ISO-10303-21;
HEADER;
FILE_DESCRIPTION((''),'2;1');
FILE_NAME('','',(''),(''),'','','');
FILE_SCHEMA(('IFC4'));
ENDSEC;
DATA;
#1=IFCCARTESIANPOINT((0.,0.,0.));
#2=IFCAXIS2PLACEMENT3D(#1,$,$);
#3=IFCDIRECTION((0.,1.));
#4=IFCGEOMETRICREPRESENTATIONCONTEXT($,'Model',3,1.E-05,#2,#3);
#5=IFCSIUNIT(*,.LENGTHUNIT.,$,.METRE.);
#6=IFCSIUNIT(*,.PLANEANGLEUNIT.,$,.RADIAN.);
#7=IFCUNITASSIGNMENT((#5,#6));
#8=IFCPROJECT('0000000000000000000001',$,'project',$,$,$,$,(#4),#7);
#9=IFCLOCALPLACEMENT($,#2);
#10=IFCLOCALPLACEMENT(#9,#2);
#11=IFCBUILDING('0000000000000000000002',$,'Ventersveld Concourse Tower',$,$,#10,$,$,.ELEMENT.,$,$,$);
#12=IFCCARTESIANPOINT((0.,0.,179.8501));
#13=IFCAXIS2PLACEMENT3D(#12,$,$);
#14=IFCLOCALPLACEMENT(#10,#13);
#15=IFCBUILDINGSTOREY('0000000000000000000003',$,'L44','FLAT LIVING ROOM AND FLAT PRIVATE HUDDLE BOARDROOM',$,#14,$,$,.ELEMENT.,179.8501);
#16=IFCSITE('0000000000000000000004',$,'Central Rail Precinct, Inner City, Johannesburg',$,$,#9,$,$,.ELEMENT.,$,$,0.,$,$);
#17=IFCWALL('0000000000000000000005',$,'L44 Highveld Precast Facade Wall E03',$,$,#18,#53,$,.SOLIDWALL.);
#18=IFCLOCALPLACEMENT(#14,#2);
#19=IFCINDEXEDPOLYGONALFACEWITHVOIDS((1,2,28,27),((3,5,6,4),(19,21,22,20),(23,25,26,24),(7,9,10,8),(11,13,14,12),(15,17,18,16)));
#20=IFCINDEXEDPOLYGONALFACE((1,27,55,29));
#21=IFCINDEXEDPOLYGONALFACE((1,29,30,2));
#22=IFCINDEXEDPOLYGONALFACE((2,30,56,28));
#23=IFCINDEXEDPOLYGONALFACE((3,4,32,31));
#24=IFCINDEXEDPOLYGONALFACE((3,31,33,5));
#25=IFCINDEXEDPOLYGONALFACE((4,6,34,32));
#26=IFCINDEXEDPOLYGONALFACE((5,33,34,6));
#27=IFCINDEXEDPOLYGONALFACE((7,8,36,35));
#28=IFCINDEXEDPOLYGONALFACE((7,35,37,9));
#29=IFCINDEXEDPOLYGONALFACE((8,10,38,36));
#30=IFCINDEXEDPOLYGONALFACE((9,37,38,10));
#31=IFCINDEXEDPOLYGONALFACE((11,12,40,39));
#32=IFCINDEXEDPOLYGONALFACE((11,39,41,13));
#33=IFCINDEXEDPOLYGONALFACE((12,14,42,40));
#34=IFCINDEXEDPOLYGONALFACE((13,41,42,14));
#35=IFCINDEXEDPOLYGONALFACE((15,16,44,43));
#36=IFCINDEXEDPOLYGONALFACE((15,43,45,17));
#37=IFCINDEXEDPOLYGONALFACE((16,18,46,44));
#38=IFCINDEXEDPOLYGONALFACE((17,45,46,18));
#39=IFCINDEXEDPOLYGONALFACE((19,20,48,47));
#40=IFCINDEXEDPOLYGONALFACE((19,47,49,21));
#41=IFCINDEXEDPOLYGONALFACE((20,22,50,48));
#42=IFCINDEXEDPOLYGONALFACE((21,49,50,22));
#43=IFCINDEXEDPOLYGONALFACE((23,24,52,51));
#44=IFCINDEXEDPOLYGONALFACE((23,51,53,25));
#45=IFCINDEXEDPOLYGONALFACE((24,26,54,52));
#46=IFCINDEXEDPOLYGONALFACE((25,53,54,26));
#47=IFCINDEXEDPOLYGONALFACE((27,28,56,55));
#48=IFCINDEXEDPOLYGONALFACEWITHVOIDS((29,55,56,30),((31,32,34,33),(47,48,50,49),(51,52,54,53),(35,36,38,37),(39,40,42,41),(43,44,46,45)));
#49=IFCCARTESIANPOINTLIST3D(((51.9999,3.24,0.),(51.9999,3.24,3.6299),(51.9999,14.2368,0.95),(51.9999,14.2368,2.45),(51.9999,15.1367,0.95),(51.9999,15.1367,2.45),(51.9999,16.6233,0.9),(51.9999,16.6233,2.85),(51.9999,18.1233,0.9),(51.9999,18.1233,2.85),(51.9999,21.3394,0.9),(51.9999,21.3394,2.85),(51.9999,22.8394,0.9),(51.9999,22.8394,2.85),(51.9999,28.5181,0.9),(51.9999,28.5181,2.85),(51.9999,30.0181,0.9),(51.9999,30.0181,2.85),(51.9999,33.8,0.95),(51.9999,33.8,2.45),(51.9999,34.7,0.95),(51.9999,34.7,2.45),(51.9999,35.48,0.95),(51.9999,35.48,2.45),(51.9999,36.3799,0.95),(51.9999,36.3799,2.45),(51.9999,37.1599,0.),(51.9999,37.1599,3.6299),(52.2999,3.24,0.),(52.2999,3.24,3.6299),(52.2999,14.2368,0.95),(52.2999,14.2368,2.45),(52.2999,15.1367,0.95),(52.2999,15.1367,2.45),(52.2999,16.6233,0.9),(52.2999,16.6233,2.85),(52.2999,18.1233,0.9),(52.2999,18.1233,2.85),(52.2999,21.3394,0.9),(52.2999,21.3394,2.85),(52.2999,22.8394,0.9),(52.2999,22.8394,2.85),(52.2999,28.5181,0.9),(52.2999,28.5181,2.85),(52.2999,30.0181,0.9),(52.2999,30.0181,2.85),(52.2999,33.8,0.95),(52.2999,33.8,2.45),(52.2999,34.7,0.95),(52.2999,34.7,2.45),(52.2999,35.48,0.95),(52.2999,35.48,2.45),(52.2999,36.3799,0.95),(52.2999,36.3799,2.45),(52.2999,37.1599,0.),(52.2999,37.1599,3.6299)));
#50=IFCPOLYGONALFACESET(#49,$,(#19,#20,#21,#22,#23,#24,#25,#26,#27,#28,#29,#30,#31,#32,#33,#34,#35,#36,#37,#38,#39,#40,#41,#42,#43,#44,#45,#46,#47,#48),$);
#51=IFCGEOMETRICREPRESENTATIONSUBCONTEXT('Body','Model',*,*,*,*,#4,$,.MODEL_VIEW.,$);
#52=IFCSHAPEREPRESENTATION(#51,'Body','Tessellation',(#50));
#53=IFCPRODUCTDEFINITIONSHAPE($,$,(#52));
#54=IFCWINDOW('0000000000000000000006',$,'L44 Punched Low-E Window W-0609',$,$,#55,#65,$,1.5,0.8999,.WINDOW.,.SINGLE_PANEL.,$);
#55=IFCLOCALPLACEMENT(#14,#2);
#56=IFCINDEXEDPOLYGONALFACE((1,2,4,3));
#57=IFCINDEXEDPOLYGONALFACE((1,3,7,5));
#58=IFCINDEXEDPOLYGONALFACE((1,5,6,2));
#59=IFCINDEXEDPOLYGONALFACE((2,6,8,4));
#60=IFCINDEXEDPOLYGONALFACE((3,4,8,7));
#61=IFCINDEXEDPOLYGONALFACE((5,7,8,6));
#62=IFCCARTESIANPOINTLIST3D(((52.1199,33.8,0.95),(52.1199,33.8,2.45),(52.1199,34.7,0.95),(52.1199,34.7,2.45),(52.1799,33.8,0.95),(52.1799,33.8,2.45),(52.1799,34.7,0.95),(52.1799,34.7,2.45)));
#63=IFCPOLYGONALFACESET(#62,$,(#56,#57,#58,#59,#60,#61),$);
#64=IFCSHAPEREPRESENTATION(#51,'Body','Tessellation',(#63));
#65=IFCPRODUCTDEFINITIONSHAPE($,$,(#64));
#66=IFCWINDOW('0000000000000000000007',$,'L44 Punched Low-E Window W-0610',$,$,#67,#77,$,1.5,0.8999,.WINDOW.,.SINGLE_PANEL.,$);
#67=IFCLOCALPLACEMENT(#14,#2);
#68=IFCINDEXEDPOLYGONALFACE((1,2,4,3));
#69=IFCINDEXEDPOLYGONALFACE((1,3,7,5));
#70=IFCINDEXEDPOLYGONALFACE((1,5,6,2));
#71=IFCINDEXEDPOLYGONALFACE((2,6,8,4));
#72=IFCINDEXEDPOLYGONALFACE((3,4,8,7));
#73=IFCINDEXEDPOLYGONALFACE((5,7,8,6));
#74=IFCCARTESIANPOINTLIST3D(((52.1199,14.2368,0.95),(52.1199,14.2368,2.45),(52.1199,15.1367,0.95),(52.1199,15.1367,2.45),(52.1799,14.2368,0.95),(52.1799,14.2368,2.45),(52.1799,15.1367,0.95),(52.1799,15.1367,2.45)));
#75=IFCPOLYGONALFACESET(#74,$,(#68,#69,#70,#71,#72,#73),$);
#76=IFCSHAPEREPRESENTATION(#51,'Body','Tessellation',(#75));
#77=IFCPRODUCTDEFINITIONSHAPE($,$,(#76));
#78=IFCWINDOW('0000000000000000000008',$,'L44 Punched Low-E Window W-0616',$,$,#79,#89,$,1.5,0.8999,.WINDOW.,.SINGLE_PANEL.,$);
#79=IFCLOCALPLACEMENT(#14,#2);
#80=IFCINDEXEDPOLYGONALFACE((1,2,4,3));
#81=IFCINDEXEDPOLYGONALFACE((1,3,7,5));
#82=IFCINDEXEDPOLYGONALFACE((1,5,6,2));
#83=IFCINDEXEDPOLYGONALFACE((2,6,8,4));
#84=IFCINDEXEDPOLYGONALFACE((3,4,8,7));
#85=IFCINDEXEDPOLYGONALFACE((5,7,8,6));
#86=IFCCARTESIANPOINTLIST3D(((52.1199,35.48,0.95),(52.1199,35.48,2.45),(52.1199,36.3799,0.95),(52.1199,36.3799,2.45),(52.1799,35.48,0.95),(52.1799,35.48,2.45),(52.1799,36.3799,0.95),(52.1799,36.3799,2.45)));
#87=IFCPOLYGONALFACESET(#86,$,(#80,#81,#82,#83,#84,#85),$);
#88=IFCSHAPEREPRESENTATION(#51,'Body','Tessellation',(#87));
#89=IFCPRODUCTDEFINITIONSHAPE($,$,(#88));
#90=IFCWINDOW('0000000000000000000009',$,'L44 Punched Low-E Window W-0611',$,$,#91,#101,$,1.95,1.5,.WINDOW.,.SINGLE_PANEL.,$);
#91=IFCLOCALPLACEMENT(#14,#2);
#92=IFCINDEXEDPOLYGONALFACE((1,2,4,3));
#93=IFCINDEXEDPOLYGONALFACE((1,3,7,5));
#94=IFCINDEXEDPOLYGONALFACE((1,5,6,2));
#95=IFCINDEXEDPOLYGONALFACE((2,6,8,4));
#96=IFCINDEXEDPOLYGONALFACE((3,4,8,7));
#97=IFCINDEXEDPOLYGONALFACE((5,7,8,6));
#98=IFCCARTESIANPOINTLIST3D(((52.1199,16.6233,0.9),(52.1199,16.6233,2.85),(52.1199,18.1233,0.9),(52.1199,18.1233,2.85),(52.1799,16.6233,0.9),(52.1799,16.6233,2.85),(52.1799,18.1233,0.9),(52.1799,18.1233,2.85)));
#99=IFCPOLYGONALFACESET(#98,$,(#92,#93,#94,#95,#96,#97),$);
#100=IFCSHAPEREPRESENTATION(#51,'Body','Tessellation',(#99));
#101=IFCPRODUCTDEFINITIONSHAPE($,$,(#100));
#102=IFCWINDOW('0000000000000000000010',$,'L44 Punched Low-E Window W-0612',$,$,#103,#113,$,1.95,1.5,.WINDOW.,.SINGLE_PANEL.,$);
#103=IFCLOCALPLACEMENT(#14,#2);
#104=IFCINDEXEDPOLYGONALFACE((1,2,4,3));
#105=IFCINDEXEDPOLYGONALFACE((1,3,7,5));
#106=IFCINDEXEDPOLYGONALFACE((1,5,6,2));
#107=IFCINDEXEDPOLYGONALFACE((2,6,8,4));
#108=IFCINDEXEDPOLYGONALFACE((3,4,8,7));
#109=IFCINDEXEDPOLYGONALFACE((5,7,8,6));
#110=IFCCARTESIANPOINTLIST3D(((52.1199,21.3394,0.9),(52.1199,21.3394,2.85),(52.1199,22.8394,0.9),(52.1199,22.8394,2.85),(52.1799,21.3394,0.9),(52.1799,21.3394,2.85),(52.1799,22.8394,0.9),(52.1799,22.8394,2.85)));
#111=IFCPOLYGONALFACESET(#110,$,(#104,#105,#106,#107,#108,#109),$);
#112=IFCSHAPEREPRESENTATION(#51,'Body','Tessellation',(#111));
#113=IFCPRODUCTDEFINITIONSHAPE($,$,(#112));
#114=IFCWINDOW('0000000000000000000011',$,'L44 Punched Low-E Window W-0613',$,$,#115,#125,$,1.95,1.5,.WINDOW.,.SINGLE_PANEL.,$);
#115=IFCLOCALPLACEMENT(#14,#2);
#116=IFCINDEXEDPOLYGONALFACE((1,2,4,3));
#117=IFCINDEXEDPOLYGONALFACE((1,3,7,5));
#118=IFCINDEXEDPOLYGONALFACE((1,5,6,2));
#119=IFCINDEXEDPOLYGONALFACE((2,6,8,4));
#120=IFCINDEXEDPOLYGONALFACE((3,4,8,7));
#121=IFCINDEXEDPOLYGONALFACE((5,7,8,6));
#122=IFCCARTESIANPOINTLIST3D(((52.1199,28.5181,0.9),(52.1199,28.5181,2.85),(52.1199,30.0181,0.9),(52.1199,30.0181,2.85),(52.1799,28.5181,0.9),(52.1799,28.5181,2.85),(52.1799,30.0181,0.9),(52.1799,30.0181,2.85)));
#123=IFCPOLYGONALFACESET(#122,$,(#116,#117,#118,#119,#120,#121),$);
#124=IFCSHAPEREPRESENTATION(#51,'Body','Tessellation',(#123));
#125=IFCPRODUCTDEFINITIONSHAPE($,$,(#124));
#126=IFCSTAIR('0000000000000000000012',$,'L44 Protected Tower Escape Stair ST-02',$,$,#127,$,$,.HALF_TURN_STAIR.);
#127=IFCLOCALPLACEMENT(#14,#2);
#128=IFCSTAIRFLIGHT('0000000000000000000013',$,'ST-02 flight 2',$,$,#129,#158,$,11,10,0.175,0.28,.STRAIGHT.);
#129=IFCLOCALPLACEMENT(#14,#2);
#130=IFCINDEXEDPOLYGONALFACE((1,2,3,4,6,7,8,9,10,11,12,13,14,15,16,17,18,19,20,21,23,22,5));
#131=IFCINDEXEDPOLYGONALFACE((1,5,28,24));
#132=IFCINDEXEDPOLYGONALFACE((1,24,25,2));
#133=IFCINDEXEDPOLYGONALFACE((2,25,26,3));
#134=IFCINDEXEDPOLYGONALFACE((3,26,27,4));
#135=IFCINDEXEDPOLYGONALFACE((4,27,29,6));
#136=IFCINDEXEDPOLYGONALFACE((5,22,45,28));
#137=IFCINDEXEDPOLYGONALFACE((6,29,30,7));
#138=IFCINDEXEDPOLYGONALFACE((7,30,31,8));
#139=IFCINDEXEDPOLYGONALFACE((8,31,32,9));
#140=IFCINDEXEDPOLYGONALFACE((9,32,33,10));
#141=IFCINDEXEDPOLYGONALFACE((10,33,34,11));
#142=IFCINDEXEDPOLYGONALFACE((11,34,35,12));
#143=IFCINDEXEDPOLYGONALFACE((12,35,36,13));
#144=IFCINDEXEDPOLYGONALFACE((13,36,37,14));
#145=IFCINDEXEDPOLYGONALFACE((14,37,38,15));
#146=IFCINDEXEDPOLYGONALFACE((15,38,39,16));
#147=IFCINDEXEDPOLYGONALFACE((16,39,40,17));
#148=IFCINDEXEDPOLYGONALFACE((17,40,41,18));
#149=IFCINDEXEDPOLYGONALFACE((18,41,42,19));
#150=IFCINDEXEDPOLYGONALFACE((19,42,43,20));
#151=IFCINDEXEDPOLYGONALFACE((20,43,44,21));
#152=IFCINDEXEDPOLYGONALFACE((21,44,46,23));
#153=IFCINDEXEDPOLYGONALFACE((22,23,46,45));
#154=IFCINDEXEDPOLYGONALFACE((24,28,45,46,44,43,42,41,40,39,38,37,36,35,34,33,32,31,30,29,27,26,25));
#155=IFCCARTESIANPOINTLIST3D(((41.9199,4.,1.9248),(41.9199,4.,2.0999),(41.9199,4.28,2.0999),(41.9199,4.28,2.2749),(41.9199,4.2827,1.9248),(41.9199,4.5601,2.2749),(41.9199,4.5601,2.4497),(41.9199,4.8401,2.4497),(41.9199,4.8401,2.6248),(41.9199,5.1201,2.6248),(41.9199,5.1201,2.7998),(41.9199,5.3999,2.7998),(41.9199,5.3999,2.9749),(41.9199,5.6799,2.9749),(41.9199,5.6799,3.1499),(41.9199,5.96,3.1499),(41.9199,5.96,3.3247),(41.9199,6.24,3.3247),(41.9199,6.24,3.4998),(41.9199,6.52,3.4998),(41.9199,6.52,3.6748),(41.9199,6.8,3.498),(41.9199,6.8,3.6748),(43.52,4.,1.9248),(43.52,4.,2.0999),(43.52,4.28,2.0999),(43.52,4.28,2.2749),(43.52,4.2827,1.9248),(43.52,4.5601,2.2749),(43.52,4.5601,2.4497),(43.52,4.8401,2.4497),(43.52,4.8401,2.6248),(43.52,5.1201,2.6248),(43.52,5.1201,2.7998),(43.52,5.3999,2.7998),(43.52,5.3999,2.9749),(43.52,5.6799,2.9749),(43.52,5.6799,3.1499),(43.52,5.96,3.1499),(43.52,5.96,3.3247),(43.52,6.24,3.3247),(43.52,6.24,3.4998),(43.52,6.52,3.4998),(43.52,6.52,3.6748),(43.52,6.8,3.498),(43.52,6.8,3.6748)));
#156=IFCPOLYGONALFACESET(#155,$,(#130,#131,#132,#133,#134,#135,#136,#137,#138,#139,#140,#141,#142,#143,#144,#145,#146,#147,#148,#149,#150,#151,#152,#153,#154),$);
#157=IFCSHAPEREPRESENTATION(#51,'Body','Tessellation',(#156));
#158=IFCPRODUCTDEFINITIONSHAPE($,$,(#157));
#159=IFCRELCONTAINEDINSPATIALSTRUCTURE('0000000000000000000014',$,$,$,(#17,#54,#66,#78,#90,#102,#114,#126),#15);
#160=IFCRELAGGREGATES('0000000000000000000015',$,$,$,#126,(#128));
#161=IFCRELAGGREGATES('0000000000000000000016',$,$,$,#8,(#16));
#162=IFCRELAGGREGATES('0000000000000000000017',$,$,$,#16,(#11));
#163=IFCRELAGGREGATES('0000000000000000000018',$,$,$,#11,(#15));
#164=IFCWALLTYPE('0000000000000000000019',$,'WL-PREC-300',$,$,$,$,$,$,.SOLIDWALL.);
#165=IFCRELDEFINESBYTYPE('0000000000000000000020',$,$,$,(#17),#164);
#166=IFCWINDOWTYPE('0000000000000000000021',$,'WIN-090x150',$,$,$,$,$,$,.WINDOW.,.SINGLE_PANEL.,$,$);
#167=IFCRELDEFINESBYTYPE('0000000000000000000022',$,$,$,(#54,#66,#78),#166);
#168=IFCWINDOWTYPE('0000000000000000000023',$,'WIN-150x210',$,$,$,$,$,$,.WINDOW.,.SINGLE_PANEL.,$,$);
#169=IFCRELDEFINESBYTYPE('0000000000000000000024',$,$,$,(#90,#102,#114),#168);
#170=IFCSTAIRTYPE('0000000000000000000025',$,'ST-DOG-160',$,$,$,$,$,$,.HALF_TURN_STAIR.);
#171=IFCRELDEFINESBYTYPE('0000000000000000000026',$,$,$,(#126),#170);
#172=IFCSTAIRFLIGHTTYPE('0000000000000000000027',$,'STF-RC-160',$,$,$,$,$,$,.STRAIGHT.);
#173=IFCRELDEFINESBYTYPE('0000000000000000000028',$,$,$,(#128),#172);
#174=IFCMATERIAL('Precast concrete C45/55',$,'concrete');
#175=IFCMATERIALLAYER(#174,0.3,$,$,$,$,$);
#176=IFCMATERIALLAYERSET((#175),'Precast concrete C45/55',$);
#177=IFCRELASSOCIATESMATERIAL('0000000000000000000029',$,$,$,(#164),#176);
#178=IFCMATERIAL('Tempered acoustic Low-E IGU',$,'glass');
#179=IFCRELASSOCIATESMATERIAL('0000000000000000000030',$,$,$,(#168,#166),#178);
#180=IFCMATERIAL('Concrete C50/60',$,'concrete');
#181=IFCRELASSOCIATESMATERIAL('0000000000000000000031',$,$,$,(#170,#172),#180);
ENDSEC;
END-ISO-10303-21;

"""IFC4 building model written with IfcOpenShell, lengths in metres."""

from ifc_helpers import new_model, si_unit, direction, frame, frame_2d, origin, place, context, subcontext, project, spatial, polyline, rectangle, outline, extrude, material, layer, layer_set, type_object, element, fill, aggregate, save


model = new_model("IFC4")

# Units and contexts
model_context = context("Model", 3, precision=1e-05, world=origin(), true_north=direction((0.0, 1.0)))
body_context = subcontext(model_context, "Body", "Model", "MODEL_VIEW")
ifc_project = project(units=[si_unit("LENGTHUNIT", "METRE"), si_unit("PLANEANGLEUNIT", "RADIAN")], contexts=[model_context])

# Site, building, storey
site_placement = place(None, origin())
site = spatial("IfcSite", under=ifc_project, at=site_placement, Name="Central Rail Precinct, Inner City, Johannesburg", CompositionType="ELEMENT", RefElevation=0.0)
building_placement = place(site_placement, origin())
building = spatial("IfcBuilding", under=site, at=building_placement, Name="Ventersveld Concourse Tower", CompositionType="ELEMENT")
storey_placement = place(building_placement, frame((0.0, 0.0, 179.8501)))
storey = spatial("IfcBuildingStorey", under=building, at=storey_placement, Name="L44", Description="FLAT LIVING ROOM AND FLAT PRIVATE HUDDLE BOARDROOM", CompositionType="ELEMENT", Elevation=179.8501)

# Shared definitions
ifc_material_1 = material(Name="Concrete C50/60", Category="concrete")

# Shared definitions
ifc_material_2 = material(Name="Precast concrete C45/55", Category="concrete")
ifc_layer_1 = layer(ifc_material_2, 0.3)
ifc_layer_set_1 = layer_set([ifc_layer_1], Name="Precast concrete C45/55")
wall_type_1 = type_object("IfcWallType", Name="WL-PREC-300", PredefinedType="SOLIDWALL", material=ifc_layer_set_1)
ifc_material_3 = material(Name="Tempered acoustic Low-E IGU", Category="glass")
window_type_1 = type_object("IfcWindowType", Name="WIN-150x210", PartitioningType="SINGLE_PANEL", PredefinedType="WINDOW", material=ifc_material_3)

# Wall, openings, windows
wall_1_placement = place(storey_placement, frame((52.1499, 3.24, 0.0), z_axis=(0.0, 0.0, 1.0), x_axis=(0.0, 1.0, 0.0)))
wall_1 = element("IfcWall", 1, at=wall_1_placement, inside=storey, type_object=wall_type_1, Name="L44 Highveld Precast Facade Wall E03", PredefinedType="SOLIDWALL", context=body_context, shape_type="SweptSolid", body=[
    extrude(rectangle(XDim=33.9199, YDim=0.3, at=frame_2d((16.96, 0.0))), origin(), (0.0, 0.0, 1.0), 3.6299),
])
opening_1_placement = place(wall_1_placement, frame((30.5601, 0.0, 0.95)))
opening_1 = element("IfcOpeningElement", 2, at=opening_1_placement, cuts=wall_1, PredefinedType="OPENING", context=body_context, shape_type="SweptSolid", body=[
    extrude(rectangle(XDim=0.8999, YDim=1.5, at=frame_2d((0.45, 0.75))), frame((0.0, 0.1602, 0.0), z_axis=(0.0, -1.0, 0.0), x_axis=(1.0, 0.0, 0.0)), (0.0, 0.0, 1.0), 0.3201),
])
opening_2_placement = place(wall_1_placement, frame((10.9968, 0.0, 0.95)))
opening_2 = element("IfcOpeningElement", 3, at=opening_2_placement, cuts=wall_1, PredefinedType="OPENING", context=body_context, shape_type="SweptSolid", body=[
    extrude(rectangle(XDim=0.8999, YDim=1.5, at=frame_2d((0.45, 0.75))), frame((0.0, 0.1602, 0.0), z_axis=(0.0, -1.0, 0.0), x_axis=(1.0, 0.0, 0.0)), (0.0, 0.0, 1.0), 0.3201),
])
opening_3_placement = place(wall_1_placement, frame((13.3833, 0.0, 0.8999)))
opening_3 = element("IfcOpeningElement", 4, at=opening_3_placement, cuts=wall_1, PredefinedType="OPENING", context=body_context, shape_type="SweptSolid", body=[
    extrude(rectangle(XDim=1.5, YDim=1.95, at=frame_2d((0.75, 0.9751))), frame((0.0, 0.1602, 0.0), z_axis=(0.0, -1.0, 0.0), x_axis=(1.0, 0.0, 0.0)), (0.0, 0.0, 1.0), 0.3201),
])
opening_4_placement = place(wall_1_placement, frame((18.0994, 0.0, 0.8999)))
opening_4 = element("IfcOpeningElement", 5, at=opening_4_placement, cuts=wall_1, PredefinedType="OPENING", context=body_context, shape_type="SweptSolid", body=[
    extrude(rectangle(XDim=1.5, YDim=1.95, at=frame_2d((0.75, 0.9751))), frame((0.0, 0.1602, 0.0), z_axis=(0.0, -1.0, 0.0), x_axis=(1.0, 0.0, 0.0)), (0.0, 0.0, 1.0), 0.3201),
])
opening_5_placement = place(wall_1_placement, frame((25.2781, 0.0, 0.8999)))
opening_5 = element("IfcOpeningElement", 6, at=opening_5_placement, cuts=wall_1, PredefinedType="OPENING", context=body_context, shape_type="SweptSolid", body=[
    extrude(rectangle(XDim=1.5, YDim=1.95, at=frame_2d((0.75, 0.9751))), frame((0.0, 0.1602, 0.0), z_axis=(0.0, -1.0, 0.0), x_axis=(1.0, 0.0, 0.0)), (0.0, 0.0, 1.0), 0.3201),
])
opening_6_placement = place(wall_1_placement, frame((32.24, 0.0, 0.95)))
opening_6 = element("IfcOpeningElement", 7, at=opening_6_placement, cuts=wall_1, PredefinedType="OPENING", context=body_context, shape_type="SweptSolid", body=[
    extrude(rectangle(XDim=0.8999, YDim=1.5, at=frame_2d((0.45, 0.75))), frame((0.0, 0.1602, 0.0), z_axis=(0.0, -1.0, 0.0), x_axis=(1.0, 0.0, 0.0)), (0.0, 0.0, 1.0), 0.3201),
])
window_type_2 = type_object("IfcWindowType", Name="WIN-090x150", PartitioningType="SINGLE_PANEL", PredefinedType="WINDOW", material=ifc_material_3)
window_1_placement = place(opening_1_placement, origin())
window_1 = element("IfcWindow", 8, at=window_1_placement, inside=storey, type_object=window_type_2, Name="L44 Punched Low-E Window W-0609", OverallHeight=1.5, OverallWidth=0.8999, PartitioningType="SINGLE_PANEL", PredefinedType="WINDOW", context=body_context, shape_type="SweptSolid", body=[
    extrude(rectangle(XDim=0.8999, YDim=1.5, at=frame_2d((0.45, 0.75))), frame((0.0, 0.03, 0.0), z_axis=(0.0, -1.0, 0.0), x_axis=(1.0, 0.0, 0.0)), (0.0, 0.0, 1.0), 0.0601),
])
fill(opening_1, window_1)
window_2_placement = place(opening_2_placement, origin())
window_2 = element("IfcWindow", 9, at=window_2_placement, inside=storey, type_object=window_type_2, Name="L44 Punched Low-E Window W-0610", OverallHeight=1.5, OverallWidth=0.8999, PartitioningType="SINGLE_PANEL", PredefinedType="WINDOW", context=body_context, shape_type="SweptSolid", body=[
    extrude(rectangle(XDim=0.8999, YDim=1.5, at=frame_2d((0.45, 0.75))), frame((0.0, 0.03, 0.0), z_axis=(0.0, -1.0, 0.0), x_axis=(1.0, 0.0, 0.0)), (0.0, 0.0, 1.0), 0.0601),
])
fill(opening_2, window_2)
window_3_placement = place(opening_6_placement, origin())
window_3 = element("IfcWindow", 10, at=window_3_placement, inside=storey, type_object=window_type_2, Name="L44 Punched Low-E Window W-0616", OverallHeight=1.5, OverallWidth=0.8999, PartitioningType="SINGLE_PANEL", PredefinedType="WINDOW", context=body_context, shape_type="SweptSolid", body=[
    extrude(rectangle(XDim=0.8999, YDim=1.5, at=frame_2d((0.45, 0.75))), frame((0.0, 0.03, 0.0), z_axis=(0.0, -1.0, 0.0), x_axis=(1.0, 0.0, 0.0)), (0.0, 0.0, 1.0), 0.0601),
])
fill(opening_6, window_3)
window_4_placement = place(opening_3_placement, origin())
window_4 = element("IfcWindow", 11, at=window_4_placement, inside=storey, type_object=window_type_1, Name="L44 Punched Low-E Window W-0611", OverallHeight=1.95, OverallWidth=1.5, PartitioningType="SINGLE_PANEL", PredefinedType="WINDOW", context=body_context, shape_type="SweptSolid", body=[
    extrude(rectangle(XDim=1.5, YDim=1.95, at=frame_2d((0.75, 0.9751))), frame((0.0, 0.03, 0.0), z_axis=(0.0, -1.0, 0.0), x_axis=(1.0, 0.0, 0.0)), (0.0, 0.0, 1.0), 0.0601),
])
fill(opening_3, window_4)
window_5_placement = place(opening_4_placement, origin())
window_5 = element("IfcWindow", 12, at=window_5_placement, inside=storey, type_object=window_type_1, Name="L44 Punched Low-E Window W-0612", OverallHeight=1.95, OverallWidth=1.5, PartitioningType="SINGLE_PANEL", PredefinedType="WINDOW", context=body_context, shape_type="SweptSolid", body=[
    extrude(rectangle(XDim=1.5, YDim=1.95, at=frame_2d((0.75, 0.9751))), frame((0.0, 0.03, 0.0), z_axis=(0.0, -1.0, 0.0), x_axis=(1.0, 0.0, 0.0)), (0.0, 0.0, 1.0), 0.0601),
])
fill(opening_4, window_5)
window_6_placement = place(opening_5_placement, origin())
window_6 = element("IfcWindow", 13, at=window_6_placement, inside=storey, type_object=window_type_1, Name="L44 Punched Low-E Window W-0613", OverallHeight=1.95, OverallWidth=1.5, PartitioningType="SINGLE_PANEL", PredefinedType="WINDOW", context=body_context, shape_type="SweptSolid", body=[
    extrude(rectangle(XDim=1.5, YDim=1.95, at=frame_2d((0.75, 0.9751))), frame((0.0, 0.03, 0.0), z_axis=(0.0, -1.0, 0.0), x_axis=(1.0, 0.0, 0.0)), (0.0, 0.0, 1.0), 0.0601),
])
fill(opening_5, window_6)

# Stair, stair flight
stair_type = type_object("IfcStairType", Name="ST-DOG-160", PredefinedType="HALF_TURN_STAIR", material=ifc_material_1)
stair_placement = place(storey_placement, origin())
stair = element("IfcStair", 14, at=stair_placement, inside=storey, type_object=stair_type, Name="L44 Protected Tower Escape Stair ST-02", PredefinedType="HALF_TURN_STAIR")
stair_flight_type = type_object("IfcStairFlightType", Name="STF-RC-160", PredefinedType="STRAIGHT", material=ifc_material_1)
stair_flight_placement = place(storey_placement, frame((42.72, 4.0, 1.9248), z_axis=(0.0, 0.0, 1.0), x_axis=(0.0, 1.0, 0.0)))
stair_flight = element("IfcStairFlight", 15, at=stair_flight_placement, type_object=stair_flight_type, Name="ST-02 flight 2", NumberOfRisers=11, NumberOfTreads=10, PredefinedType="STRAIGHT", RiserHeight=0.175, TreadLength=0.28, context=body_context, shape_type="SweptSolid", body=[
    extrude(outline(polyline([(0.0, 0.0), (0.0, 0.175), (0.28, 0.175), (0.28, 0.3501), (0.5601, 0.3501), (0.5601, 0.5249), (0.8401, 0.5249), (0.8401, 0.7), (1.1201, 0.7), (1.1201, 0.875), (1.3999, 0.875), (1.3999, 1.05), (1.6799, 1.05), (1.6799, 1.2251), (1.96, 1.2251), (1.96, 1.3999), (2.24, 1.3999), (2.24, 1.575), (2.52, 1.575), (2.52, 1.75), (2.8, 1.75), (2.8, 1.925), (2.8, 1.5732), (0.2827, 0.0), (0.0, 0.0)])), frame((0.0, 0.8, 0.0), z_axis=(0.0, -1.0, 0.0), x_axis=(1.0, 0.0, 0.0)), (0.0, 0.0, 1.0), 1.6001),
])
aggregate(stair, [stair_flight])

save(model, "model.ifc")
